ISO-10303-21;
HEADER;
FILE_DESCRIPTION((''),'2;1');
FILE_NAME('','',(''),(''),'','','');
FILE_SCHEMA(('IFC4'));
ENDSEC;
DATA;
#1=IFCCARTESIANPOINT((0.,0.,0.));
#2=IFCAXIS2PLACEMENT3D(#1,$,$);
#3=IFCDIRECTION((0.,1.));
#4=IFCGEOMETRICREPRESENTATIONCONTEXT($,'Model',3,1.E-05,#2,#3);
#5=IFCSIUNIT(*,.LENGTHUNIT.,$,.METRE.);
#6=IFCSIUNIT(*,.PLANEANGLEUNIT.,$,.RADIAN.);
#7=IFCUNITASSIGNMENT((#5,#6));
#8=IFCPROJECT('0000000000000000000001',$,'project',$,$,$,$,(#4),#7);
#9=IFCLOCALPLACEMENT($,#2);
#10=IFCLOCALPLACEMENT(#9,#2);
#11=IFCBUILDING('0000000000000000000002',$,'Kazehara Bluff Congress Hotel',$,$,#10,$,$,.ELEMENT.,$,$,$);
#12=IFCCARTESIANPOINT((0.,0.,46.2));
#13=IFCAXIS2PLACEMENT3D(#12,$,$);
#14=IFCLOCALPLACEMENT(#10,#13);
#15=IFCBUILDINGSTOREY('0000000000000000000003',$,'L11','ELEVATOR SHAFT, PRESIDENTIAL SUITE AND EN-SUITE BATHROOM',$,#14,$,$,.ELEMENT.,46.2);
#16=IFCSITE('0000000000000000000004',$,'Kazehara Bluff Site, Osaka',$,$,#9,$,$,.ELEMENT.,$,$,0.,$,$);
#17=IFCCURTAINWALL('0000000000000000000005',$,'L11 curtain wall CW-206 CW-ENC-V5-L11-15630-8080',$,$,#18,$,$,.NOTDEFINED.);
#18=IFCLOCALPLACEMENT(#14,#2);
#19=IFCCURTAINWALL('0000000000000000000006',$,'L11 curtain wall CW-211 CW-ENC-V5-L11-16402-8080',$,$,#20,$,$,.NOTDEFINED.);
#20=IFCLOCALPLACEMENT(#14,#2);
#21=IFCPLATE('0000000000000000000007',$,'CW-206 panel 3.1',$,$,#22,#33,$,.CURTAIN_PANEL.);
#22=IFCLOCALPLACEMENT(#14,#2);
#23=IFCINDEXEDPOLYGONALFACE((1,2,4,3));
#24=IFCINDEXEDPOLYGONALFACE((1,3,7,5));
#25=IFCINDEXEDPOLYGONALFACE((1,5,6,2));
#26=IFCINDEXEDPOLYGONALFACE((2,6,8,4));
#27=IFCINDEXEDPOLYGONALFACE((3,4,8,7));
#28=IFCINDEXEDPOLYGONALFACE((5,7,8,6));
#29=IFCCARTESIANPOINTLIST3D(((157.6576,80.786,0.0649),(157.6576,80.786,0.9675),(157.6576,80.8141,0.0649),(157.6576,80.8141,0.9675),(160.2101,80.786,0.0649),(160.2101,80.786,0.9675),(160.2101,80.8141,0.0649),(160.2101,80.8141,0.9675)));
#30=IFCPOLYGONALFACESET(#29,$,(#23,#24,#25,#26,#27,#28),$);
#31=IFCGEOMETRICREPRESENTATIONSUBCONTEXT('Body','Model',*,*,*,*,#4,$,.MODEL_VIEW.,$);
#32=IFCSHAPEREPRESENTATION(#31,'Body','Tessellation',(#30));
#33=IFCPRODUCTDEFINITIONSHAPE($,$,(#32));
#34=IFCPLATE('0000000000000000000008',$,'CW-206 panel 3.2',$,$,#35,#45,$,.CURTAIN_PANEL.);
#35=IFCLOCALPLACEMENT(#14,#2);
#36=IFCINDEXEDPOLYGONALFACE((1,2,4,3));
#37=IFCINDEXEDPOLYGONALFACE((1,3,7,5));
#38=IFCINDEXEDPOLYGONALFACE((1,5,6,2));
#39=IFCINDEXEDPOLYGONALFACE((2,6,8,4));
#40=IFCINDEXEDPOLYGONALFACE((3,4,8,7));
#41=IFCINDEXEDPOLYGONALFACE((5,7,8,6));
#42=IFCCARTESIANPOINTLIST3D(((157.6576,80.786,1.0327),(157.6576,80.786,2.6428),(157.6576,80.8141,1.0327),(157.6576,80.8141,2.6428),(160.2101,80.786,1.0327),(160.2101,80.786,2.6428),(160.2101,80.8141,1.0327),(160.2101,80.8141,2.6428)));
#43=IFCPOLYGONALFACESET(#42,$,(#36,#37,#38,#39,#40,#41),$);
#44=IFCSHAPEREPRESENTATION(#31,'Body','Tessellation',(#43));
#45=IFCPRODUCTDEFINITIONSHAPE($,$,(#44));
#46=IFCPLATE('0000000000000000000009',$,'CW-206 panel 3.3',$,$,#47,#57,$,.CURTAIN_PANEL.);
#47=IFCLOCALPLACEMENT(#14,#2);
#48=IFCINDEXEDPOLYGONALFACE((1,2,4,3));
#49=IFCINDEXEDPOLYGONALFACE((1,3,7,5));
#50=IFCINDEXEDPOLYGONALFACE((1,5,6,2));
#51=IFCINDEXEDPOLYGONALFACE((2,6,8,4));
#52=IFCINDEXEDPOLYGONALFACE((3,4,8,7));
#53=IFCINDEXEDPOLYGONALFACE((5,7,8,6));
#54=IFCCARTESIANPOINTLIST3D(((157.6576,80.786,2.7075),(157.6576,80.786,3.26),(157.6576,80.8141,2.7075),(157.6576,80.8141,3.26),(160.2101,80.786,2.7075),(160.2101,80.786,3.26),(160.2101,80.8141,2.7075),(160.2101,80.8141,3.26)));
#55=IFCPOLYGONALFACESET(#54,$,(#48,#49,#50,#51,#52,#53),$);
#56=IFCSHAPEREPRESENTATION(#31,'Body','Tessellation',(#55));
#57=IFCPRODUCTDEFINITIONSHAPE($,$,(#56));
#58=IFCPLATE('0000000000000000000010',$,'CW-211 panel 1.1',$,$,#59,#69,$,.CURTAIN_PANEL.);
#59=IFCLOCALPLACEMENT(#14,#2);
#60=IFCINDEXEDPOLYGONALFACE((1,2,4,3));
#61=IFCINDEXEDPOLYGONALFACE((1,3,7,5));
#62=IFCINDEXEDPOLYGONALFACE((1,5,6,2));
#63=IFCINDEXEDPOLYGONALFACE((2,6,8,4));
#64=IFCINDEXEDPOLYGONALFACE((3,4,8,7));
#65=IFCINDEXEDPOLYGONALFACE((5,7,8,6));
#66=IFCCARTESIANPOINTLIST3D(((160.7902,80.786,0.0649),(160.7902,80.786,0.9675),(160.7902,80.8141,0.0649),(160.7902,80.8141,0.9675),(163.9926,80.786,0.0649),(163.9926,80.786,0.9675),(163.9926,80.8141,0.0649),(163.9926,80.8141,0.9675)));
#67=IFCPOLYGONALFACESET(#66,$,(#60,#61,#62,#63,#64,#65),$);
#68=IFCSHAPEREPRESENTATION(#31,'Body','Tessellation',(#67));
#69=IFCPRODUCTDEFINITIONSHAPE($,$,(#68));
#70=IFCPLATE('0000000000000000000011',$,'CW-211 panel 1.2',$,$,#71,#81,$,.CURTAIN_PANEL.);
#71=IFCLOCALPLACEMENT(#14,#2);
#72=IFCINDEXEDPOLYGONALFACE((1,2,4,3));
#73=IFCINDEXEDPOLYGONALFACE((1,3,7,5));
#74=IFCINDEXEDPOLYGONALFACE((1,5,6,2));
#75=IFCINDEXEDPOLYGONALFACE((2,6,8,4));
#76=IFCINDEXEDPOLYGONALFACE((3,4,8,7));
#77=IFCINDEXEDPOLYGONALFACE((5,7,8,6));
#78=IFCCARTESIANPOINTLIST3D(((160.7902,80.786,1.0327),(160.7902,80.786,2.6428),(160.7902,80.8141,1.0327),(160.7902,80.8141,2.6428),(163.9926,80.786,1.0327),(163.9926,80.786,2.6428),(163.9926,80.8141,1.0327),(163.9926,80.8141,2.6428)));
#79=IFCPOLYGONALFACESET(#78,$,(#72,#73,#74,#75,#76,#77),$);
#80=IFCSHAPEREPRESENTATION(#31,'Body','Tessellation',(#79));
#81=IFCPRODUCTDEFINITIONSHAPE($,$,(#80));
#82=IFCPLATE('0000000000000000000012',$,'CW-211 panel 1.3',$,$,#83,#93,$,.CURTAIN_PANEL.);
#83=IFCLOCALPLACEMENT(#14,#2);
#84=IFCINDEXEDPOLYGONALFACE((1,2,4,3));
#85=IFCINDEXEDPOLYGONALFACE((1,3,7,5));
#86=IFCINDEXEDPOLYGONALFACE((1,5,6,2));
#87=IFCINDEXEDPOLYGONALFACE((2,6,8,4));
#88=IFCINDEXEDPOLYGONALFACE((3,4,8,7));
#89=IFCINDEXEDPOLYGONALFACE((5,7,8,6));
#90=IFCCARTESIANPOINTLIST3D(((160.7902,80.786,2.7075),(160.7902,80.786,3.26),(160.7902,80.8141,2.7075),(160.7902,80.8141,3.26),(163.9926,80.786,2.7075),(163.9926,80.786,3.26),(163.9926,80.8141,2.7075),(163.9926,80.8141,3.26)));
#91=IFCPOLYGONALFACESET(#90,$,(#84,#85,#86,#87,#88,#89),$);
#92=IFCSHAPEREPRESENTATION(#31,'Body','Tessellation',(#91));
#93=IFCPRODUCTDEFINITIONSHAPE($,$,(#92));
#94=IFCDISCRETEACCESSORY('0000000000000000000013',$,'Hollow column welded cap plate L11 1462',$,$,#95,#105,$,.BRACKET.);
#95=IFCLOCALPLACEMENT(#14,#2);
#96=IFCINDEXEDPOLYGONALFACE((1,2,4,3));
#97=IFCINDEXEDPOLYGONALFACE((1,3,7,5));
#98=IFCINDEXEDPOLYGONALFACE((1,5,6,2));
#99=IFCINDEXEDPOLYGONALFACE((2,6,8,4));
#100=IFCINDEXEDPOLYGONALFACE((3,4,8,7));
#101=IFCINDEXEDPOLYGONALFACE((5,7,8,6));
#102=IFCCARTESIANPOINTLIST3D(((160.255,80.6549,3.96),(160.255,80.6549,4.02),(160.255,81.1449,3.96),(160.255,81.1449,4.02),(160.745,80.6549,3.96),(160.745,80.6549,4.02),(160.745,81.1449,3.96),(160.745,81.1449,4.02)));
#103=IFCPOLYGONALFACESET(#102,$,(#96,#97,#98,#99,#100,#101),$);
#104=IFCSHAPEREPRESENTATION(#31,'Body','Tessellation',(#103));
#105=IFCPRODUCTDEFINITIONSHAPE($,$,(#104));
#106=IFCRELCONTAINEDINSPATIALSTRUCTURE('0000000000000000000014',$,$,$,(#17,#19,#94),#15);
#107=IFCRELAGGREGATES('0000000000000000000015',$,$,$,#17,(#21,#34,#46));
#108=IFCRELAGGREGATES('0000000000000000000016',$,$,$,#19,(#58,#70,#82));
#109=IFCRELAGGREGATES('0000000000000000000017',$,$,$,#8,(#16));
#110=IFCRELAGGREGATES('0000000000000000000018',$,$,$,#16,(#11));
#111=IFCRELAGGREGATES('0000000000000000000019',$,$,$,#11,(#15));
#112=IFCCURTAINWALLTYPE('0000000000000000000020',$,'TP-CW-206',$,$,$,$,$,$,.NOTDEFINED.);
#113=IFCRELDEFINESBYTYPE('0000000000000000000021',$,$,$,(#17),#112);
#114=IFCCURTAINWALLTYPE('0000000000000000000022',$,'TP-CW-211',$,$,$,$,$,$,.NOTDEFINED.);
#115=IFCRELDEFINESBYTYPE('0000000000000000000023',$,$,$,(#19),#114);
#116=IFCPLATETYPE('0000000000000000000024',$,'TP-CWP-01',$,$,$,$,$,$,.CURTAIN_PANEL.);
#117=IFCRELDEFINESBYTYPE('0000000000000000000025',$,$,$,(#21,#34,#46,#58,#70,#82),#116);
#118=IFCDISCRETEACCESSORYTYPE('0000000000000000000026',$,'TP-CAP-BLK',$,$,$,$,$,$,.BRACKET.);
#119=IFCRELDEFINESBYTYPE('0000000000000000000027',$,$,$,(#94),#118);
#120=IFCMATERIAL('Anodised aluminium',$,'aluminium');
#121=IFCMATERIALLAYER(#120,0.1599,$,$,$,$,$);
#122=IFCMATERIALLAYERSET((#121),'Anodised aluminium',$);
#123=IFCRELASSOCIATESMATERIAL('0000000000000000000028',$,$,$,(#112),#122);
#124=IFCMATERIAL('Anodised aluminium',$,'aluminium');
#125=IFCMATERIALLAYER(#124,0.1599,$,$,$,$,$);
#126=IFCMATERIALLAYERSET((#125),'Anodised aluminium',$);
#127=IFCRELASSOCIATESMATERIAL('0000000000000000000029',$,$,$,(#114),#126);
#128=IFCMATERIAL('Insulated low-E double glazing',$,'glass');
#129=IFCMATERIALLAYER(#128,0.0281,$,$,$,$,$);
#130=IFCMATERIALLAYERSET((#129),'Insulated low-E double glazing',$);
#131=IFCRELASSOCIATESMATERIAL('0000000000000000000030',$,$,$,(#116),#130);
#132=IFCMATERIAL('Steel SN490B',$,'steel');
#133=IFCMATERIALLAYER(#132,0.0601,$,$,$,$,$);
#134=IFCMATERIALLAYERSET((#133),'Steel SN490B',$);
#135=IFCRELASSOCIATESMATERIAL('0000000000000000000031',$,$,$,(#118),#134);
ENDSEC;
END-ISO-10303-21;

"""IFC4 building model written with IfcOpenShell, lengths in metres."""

from ifc_helpers import new_model, si_unit, direction, frame, origin, origin_2d, place, context, subcontext, project, spatial, rectangle, extrude, material, layer, layer_set, type_object, element, aggregate, save


model = new_model("IFC4")

# Units and contexts
model_context = context("Model", 3, precision=1e-05, world=origin(), true_north=direction((0.0, 1.0)))
body_context = subcontext(model_context, "Body", "Model", "MODEL_VIEW")
ifc_project = project(units=[si_unit("LENGTHUNIT", "METRE"), si_unit("PLANEANGLEUNIT", "RADIAN")], contexts=[model_context])

# Site, building, storey
site_placement = place(None, origin())
site = spatial("IfcSite", under=ifc_project, at=site_placement, Name="Kazehara Bluff Site, Osaka", CompositionType="ELEMENT", RefElevation=0.0)
building_placement = place(site_placement, origin())
building = spatial("IfcBuilding", under=site, at=building_placement, Name="Kazehara Bluff Congress Hotel", CompositionType="ELEMENT")
storey_placement = place(building_placement, frame((0.0, 0.0, 46.2)))
storey = spatial("IfcBuildingStorey", under=building, at=storey_placement, Name="L11", Description="ELEVATOR SHAFT, PRESIDENTIAL SUITE AND EN-SUITE BATHROOM", CompositionType="ELEMENT", Elevation=46.2)

# Curtain walls
ifc_material_1 = material(Name="Anodised aluminium", Category="aluminium")
ifc_layer_1 = layer(ifc_material_1, 0.1599)
ifc_layer_set_1 = layer_set([ifc_layer_1], Name="Anodised aluminium")
curtain_wall_type_1 = type_object("IfcCurtainWallType", Name="TP-CW-206", PredefinedType="NOTDEFINED", material=ifc_layer_set_1)
curtain_wall_1_placement = place(storey_placement, origin())
curtain_wall_1 = element("IfcCurtainWall", 1, at=curtain_wall_1_placement, inside=storey, type_object=curtain_wall_type_1, Name="L11 curtain wall CW-206 CW-ENC-V5-L11-15630-8080", PredefinedType="NOTDEFINED")
ifc_material_2 = material(Name="Anodised aluminium", Category="aluminium")
ifc_layer_2 = layer(ifc_material_2, 0.1599)
ifc_layer_set_2 = layer_set([ifc_layer_2], Name="Anodised aluminium")
curtain_wall_type_2 = type_object("IfcCurtainWallType", Name="TP-CW-211", PredefinedType="NOTDEFINED", material=ifc_layer_set_2)
curtain_wall_2_placement = place(storey_placement, origin())
curtain_wall_2 = element("IfcCurtainWall", 2, at=curtain_wall_2_placement, inside=storey, type_object=curtain_wall_type_2, Name="L11 curtain wall CW-211 CW-ENC-V5-L11-16402-8080", PredefinedType="NOTDEFINED")

# Plates
ifc_material_3 = material(Name="Insulated low-E double glazing", Category="glass")
ifc_layer_3 = layer(ifc_material_3, 0.0281)
ifc_layer_set_3 = layer_set([ifc_layer_3], Name="Insulated low-E double glazing")
plate_type = type_object("IfcPlateType", Name="TP-CWP-01", PredefinedType="CURTAIN_PANEL", material=ifc_layer_set_3)
plate_1_placement = place(storey_placement, frame((158.9338, 80.8, 0.0649), z_axis=(0.0, 0.0, 1.0), x_axis=(1.0, 0.0, 0.0)))
plate_1 = element("IfcPlate", 3, at=plate_1_placement, type_object=plate_type, Name="CW-206 panel 3.1", PredefinedType="CURTAIN_PANEL", context=body_context, shape_type="SweptSolid", body=[
    extrude(rectangle(XDim=2.5525, YDim=0.0281, at=origin_2d()), origin(), (0.0, 0.0, 1.0), 0.9026),
])
plate_2_placement = place(storey_placement, frame((158.9338, 80.8, 1.0327), z_axis=(0.0, 0.0, 1.0), x_axis=(1.0, 0.0, 0.0)))
plate_2 = element("IfcPlate", 4, at=plate_2_placement, type_object=plate_type, Name="CW-206 panel 3.2", PredefinedType="CURTAIN_PANEL", context=body_context, shape_type="SweptSolid", body=[
    extrude(rectangle(XDim=2.5525, YDim=0.0281, at=origin_2d()), origin(), (0.0, 0.0, 1.0), 1.6101),
])
plate_3_placement = place(storey_placement, frame((158.9338, 80.8, 2.7075), z_axis=(0.0, 0.0, 1.0), x_axis=(1.0, 0.0, 0.0)))
plate_3 = element("IfcPlate", 5, at=plate_3_placement, type_object=plate_type, Name="CW-206 panel 3.3", PredefinedType="CURTAIN_PANEL", context=body_context, shape_type="SweptSolid", body=[
    extrude(rectangle(XDim=2.5525, YDim=0.0281, at=origin_2d()), origin(), (0.0, 0.0, 1.0), 0.5525),
])
aggregate(curtain_wall_1, [plate_1, plate_2, plate_3])
plate_4_placement = place(storey_placement, frame((162.3914, 80.8, 0.0649), z_axis=(0.0, 0.0, 1.0), x_axis=(1.0, 0.0, 0.0)))
plate_4 = element("IfcPlate", 6, at=plate_4_placement, type_object=plate_type, Name="CW-211 panel 1.1", PredefinedType="CURTAIN_PANEL", context=body_context, shape_type="SweptSolid", body=[
    extrude(rectangle(XDim=3.2024, YDim=0.0281, at=origin_2d()), origin(), (0.0, 0.0, 1.0), 0.9026),
])
plate_5_placement = place(storey_placement, frame((162.3914, 80.8, 1.0327), z_axis=(0.0, 0.0, 1.0), x_axis=(1.0, 0.0, 0.0)))
plate_5 = element("IfcPlate", 7, at=plate_5_placement, type_object=plate_type, Name="CW-211 panel 1.2", PredefinedType="CURTAIN_PANEL", context=body_context, shape_type="SweptSolid", body=[
    extrude(rectangle(XDim=3.2024, YDim=0.0281, at=origin_2d()), origin(), (0.0, 0.0, 1.0), 1.6101),
])
plate_6_placement = place(storey_placement, frame((162.3914, 80.8, 2.7075), z_axis=(0.0, 0.0, 1.0), x_axis=(1.0, 0.0, 0.0)))
plate_6 = element("IfcPlate", 8, at=plate_6_placement, type_object=plate_type, Name="CW-211 panel 1.3", PredefinedType="CURTAIN_PANEL", context=body_context, shape_type="SweptSolid", body=[
    extrude(rectangle(XDim=3.2024, YDim=0.0281, at=origin_2d()), origin(), (0.0, 0.0, 1.0), 0.5525),
])
aggregate(curtain_wall_2, [plate_4, plate_5, plate_6])

# Discrete accessory
ifc_material_4 = material(Name="Steel SN490B", Category="steel")
ifc_layer_4 = layer(ifc_material_4, 0.0601)
ifc_layer_set_4 = layer_set([ifc_layer_4], Name="Steel SN490B")
discrete_accessory_type = type_object("IfcDiscreteAccessoryType", Name="TP-CAP-BLK", PredefinedType="BRACKET", material=ifc_layer_set_4)
discrete_accessory_placement = place(storey_placement, frame((160.5, 80.8999, 3.96), z_axis=(0.0, 0.0, 1.0), x_axis=(1.0, 0.0, 0.0)))
element("IfcDiscreteAccessory", 9, at=discrete_accessory_placement, inside=storey, type_object=discrete_accessory_type, Name="Hollow column welded cap plate L11 1462", PredefinedType="BRACKET", context=body_context, shape_type="SweptSolid", body=[
    extrude(rectangle(XDim=0.49, YDim=0.49, at=origin_2d()), origin(), (0.0, 0.0, 1.0), 0.0601),
])

save(model, "model.ifc")
